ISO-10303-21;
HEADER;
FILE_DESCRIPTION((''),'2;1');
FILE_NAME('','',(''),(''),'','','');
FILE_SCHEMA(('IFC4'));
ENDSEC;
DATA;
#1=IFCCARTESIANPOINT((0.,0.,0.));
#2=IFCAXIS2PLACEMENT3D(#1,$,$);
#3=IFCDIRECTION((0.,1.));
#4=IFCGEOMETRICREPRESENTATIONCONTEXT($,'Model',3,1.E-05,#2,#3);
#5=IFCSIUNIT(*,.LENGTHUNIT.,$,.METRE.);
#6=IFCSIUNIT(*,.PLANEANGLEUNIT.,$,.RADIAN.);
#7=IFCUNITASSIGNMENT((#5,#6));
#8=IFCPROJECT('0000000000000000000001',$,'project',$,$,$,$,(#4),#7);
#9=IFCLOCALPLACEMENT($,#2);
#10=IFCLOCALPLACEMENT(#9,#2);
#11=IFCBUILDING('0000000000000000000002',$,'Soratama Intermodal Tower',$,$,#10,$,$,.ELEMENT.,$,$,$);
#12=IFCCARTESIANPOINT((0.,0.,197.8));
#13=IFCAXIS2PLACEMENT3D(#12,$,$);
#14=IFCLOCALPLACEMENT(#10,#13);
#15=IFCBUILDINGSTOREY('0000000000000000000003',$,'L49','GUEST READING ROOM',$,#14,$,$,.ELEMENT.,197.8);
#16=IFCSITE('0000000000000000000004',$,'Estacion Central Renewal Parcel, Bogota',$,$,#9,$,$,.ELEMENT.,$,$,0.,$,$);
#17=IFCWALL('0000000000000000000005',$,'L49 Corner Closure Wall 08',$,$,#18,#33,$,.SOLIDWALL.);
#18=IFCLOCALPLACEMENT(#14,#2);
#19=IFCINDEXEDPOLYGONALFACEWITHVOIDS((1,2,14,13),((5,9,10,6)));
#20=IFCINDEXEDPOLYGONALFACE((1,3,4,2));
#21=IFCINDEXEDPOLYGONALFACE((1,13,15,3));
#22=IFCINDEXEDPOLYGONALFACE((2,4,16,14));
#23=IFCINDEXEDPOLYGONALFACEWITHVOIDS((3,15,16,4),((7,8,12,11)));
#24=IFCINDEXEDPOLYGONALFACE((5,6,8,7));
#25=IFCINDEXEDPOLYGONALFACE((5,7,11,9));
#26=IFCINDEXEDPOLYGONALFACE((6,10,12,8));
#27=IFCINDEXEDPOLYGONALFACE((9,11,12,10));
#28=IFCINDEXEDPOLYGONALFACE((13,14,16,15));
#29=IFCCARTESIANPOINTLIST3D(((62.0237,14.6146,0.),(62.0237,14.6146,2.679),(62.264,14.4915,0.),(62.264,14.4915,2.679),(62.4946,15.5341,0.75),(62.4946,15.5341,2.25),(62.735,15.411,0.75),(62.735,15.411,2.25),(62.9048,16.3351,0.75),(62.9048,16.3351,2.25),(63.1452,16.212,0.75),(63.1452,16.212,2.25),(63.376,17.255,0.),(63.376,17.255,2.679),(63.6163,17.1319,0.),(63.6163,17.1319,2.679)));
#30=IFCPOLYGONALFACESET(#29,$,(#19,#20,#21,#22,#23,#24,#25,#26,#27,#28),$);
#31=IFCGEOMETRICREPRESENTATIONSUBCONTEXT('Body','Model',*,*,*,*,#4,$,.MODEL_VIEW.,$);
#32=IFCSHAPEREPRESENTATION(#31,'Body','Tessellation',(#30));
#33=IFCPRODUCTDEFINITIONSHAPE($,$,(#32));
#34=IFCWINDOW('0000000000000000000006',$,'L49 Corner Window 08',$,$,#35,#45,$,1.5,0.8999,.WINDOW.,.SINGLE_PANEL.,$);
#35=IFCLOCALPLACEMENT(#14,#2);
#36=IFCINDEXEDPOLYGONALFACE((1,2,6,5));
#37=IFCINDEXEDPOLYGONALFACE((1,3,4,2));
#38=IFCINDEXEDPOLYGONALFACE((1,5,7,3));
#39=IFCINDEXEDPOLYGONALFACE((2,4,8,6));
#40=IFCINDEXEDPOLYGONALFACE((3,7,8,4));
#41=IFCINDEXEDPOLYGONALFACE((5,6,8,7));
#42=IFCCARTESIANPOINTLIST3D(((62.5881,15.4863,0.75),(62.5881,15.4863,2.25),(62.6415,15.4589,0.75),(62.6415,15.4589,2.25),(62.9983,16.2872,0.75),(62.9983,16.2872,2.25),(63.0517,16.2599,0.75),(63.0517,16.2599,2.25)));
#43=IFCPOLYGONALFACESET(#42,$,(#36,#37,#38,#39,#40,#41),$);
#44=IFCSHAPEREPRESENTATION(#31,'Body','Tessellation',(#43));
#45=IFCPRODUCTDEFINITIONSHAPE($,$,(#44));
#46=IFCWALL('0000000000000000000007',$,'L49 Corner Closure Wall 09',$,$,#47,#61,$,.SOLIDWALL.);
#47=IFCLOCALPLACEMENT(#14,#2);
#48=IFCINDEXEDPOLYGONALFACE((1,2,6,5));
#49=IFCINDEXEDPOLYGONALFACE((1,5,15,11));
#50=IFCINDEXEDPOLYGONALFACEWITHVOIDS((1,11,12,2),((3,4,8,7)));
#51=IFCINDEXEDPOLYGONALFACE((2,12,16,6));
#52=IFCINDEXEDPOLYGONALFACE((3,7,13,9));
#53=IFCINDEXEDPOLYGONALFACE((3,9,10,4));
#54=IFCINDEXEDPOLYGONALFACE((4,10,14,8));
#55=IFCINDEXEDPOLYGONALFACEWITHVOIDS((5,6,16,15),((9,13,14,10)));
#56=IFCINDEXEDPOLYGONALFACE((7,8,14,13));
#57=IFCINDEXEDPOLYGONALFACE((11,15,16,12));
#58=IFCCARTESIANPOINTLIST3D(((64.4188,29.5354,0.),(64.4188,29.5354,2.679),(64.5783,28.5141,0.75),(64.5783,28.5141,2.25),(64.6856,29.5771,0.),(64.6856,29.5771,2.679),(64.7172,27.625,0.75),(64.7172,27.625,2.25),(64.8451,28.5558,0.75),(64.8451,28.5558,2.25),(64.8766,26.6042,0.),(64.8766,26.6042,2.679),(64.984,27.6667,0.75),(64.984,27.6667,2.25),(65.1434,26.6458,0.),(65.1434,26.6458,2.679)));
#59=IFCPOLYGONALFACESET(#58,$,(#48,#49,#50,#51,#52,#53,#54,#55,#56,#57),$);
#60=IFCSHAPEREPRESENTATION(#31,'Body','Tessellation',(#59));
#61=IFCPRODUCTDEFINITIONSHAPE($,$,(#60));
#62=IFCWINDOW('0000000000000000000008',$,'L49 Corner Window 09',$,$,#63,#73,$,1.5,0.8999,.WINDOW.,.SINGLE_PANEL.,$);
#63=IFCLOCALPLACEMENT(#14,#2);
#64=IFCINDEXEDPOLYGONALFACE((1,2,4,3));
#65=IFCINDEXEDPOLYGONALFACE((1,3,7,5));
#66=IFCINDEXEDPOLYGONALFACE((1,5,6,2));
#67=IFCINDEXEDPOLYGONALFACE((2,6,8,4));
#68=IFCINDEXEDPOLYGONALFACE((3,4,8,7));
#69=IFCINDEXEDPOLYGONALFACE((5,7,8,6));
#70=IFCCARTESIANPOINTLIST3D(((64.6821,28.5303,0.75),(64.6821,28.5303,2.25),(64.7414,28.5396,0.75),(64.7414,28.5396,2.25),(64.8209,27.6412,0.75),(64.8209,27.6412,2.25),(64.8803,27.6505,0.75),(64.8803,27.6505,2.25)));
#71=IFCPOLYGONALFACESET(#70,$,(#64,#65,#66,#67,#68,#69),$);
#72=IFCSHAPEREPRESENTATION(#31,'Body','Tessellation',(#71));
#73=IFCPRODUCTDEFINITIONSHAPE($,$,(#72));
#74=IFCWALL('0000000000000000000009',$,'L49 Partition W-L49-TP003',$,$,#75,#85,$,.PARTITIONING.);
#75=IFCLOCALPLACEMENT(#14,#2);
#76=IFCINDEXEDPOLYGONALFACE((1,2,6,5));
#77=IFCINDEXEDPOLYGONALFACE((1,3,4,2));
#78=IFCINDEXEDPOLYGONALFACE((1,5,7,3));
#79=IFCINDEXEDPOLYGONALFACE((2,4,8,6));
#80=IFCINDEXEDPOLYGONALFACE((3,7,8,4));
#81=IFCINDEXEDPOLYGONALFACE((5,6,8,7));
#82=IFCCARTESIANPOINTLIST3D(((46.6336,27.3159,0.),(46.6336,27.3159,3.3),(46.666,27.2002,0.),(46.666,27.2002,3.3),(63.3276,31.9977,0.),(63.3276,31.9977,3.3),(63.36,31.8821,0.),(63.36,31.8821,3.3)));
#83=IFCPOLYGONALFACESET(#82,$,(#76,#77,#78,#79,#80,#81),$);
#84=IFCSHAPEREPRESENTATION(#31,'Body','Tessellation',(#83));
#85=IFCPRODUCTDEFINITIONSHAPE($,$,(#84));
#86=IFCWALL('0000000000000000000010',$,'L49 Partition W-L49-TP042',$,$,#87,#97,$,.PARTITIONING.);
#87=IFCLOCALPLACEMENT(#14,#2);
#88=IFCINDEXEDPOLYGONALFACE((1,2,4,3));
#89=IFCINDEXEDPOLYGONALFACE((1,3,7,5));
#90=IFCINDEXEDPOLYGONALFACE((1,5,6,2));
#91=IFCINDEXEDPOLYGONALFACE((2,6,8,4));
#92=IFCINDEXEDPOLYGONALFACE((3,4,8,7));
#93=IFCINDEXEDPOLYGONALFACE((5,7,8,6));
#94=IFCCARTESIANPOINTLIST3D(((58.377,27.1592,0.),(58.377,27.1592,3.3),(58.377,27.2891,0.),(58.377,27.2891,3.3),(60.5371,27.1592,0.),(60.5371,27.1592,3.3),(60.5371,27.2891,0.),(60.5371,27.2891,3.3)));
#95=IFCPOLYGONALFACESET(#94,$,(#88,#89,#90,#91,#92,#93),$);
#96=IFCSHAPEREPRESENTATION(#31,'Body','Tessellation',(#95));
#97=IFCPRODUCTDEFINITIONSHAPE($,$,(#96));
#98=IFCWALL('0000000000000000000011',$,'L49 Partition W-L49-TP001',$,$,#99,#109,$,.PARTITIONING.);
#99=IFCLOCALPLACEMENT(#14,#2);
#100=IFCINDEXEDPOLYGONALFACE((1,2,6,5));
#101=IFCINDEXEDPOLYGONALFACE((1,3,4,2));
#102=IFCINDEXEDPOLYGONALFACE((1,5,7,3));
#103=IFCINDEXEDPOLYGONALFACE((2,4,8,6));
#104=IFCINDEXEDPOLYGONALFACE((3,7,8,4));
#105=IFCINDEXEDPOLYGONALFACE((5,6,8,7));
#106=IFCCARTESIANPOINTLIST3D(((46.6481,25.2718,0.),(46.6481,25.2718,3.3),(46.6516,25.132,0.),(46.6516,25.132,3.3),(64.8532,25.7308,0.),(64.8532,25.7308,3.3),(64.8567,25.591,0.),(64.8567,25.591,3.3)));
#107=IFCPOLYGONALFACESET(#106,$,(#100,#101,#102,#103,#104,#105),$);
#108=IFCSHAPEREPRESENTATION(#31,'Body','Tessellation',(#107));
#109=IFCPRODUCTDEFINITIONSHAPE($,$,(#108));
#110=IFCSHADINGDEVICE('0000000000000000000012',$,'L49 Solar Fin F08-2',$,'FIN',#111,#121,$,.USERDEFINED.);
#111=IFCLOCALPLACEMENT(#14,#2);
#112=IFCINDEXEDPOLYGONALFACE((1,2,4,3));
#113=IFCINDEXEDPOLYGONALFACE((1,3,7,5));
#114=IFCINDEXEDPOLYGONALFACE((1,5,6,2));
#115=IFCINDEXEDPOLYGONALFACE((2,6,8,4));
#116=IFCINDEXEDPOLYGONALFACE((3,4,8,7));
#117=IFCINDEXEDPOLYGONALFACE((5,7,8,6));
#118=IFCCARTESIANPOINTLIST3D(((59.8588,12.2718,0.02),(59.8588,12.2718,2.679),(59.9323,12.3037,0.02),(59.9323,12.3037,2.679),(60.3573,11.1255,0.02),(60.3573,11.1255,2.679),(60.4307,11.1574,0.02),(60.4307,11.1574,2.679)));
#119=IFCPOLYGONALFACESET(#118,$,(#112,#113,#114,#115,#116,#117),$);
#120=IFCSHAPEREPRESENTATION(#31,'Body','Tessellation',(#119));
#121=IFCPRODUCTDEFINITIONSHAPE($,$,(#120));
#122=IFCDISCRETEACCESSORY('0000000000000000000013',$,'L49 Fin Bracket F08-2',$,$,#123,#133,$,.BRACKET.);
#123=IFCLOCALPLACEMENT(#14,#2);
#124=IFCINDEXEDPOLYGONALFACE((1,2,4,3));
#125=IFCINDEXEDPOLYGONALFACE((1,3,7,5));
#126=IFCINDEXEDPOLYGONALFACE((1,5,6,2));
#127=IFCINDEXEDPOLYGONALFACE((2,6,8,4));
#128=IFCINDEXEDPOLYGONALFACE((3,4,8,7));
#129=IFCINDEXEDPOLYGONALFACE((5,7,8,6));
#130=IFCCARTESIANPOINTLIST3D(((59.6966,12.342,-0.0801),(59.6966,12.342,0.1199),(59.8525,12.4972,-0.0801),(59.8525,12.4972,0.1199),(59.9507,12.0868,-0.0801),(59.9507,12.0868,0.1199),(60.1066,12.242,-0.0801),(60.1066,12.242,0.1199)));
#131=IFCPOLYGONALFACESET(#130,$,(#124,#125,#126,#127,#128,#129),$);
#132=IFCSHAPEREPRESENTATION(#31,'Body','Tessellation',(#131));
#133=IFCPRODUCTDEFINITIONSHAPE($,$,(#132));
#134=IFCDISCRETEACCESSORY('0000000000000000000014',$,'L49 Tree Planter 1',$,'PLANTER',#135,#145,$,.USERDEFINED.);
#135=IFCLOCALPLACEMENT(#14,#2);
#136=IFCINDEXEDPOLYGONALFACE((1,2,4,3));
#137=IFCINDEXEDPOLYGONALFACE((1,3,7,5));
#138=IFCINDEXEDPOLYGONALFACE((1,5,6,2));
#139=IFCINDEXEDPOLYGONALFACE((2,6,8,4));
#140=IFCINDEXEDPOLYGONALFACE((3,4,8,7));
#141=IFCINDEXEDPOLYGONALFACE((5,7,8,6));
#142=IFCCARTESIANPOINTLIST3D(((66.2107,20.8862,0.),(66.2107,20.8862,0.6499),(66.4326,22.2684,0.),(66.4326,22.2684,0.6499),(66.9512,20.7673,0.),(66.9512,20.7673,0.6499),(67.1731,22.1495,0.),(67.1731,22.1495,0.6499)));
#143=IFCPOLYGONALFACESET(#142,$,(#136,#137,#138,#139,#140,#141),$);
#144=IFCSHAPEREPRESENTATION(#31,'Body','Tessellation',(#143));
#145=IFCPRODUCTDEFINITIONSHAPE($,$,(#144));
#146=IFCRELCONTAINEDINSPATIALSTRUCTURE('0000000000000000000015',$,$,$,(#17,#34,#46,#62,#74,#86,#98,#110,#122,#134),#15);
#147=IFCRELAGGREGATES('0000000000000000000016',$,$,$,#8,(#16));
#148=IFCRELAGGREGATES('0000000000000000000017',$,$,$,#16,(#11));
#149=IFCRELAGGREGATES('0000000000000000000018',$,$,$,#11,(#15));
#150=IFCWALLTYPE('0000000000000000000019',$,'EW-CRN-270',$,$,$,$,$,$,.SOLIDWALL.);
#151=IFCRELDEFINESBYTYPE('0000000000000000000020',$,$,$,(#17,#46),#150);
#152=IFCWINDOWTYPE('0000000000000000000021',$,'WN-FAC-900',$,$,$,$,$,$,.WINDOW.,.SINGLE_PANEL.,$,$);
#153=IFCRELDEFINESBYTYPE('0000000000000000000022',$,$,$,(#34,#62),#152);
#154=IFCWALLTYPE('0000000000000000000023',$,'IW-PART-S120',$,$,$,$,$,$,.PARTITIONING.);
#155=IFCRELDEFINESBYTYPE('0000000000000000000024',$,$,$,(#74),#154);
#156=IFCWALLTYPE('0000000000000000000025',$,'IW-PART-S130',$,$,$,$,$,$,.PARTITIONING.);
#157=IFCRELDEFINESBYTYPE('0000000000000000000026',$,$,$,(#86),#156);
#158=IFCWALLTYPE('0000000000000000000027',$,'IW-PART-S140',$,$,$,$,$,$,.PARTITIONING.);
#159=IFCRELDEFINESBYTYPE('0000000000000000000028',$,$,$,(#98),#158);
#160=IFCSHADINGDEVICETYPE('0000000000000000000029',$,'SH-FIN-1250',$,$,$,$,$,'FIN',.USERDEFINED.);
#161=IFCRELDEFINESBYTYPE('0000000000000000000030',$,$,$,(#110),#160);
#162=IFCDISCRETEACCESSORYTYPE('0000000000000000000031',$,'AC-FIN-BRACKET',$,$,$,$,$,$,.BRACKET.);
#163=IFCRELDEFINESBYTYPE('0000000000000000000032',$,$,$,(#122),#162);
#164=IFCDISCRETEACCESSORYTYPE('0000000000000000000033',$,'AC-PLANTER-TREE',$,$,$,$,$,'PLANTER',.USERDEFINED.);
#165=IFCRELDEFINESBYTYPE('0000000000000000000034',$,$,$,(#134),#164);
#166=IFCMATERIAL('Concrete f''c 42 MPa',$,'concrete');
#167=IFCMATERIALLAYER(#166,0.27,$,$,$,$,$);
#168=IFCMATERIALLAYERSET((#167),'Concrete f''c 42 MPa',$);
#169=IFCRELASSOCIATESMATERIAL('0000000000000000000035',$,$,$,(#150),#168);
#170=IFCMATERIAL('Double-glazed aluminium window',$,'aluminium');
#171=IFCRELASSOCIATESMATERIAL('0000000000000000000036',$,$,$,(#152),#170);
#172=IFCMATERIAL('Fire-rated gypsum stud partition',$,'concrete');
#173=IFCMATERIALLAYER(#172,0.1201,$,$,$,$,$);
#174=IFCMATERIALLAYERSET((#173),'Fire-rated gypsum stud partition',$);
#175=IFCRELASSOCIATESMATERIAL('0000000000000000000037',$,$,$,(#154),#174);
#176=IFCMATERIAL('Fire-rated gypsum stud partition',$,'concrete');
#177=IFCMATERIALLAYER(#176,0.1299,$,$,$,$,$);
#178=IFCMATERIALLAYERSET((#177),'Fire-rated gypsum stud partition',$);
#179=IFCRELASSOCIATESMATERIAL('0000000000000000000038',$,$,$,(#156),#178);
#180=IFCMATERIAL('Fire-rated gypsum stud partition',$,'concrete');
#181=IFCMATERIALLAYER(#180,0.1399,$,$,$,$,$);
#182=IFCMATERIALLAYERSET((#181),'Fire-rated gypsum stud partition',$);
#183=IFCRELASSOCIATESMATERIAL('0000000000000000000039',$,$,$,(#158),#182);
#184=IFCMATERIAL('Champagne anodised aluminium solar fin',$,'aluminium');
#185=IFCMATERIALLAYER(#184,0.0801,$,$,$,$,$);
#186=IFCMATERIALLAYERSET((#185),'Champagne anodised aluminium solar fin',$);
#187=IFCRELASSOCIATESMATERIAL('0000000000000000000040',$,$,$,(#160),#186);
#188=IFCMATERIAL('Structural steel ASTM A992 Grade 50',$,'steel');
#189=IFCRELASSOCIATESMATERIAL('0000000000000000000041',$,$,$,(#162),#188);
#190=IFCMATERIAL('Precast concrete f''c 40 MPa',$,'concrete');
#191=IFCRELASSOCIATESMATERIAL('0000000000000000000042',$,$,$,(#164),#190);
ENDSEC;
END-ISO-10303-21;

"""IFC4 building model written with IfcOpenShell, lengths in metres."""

from ifc_helpers import new_model, si_unit, direction, frame, frame_2d, origin, origin_2d, place, context, subcontext, project, spatial, rectangle, extrude, material, layer, layer_set, type_object, element, fill, save


model = new_model("IFC4")

# Units and contexts
model_context = context("Model", 3, precision=1e-05, world=origin(), true_north=direction((0.0, 1.0)))
body_context = subcontext(model_context, "Body", "Model", "MODEL_VIEW")
ifc_project = project(units=[si_unit("LENGTHUNIT", "METRE"), si_unit("PLANEANGLEUNIT", "RADIAN")], contexts=[model_context])

# Site, building, storey
site_placement = place(None, origin())
site = spatial("IfcSite", under=ifc_project, at=site_placement, Name="Estacion Central Renewal Parcel, Bogota", CompositionType="ELEMENT", RefElevation=0.0)
building_placement = place(site_placement, origin())
building = spatial("IfcBuilding", under=site, at=building_placement, Name="Soratama Intermodal Tower", CompositionType="ELEMENT")
storey_placement = place(building_placement, frame((0.0, 0.0, 197.8)))
storey = spatial("IfcBuildingStorey", under=building, at=storey_placement, Name="L49", Description="GUEST READING ROOM", CompositionType="ELEMENT", Elevation=197.8)

# Walls, openings, windows
ifc_material_1 = material(Name="Concrete f'c 42 MPa", Category="concrete")
ifc_layer_1 = layer(ifc_material_1, 0.27)
ifc_layer_set_1 = layer_set([ifc_layer_1], Name="Concrete f'c 42 MPa")
wall_type_1 = type_object("IfcWallType", Name="EW-CRN-270", PredefinedType="SOLIDWALL", material=ifc_layer_set_1)
wall_1_placement = place(storey_placement, frame((62.1438, 14.553, 0.0), z_axis=(0.0, 0.0, 1.0), x_axis=(0.45585, 0.890056, 0.0)))
wall_1 = element("IfcWall", 1, at=wall_1_placement, inside=storey, type_object=wall_type_1, Name="L49 Corner Closure Wall 08", PredefinedType="SOLIDWALL", context=body_context, shape_type="SweptSolid", body=[
    extrude(rectangle(XDim=2.9666, YDim=0.27, at=frame_2d((1.4834, 0.0))), origin(), (0.0, 0.0, 1.0), 2.679),
])
opening_1_placement = place(wall_1_placement, frame((1.0332, 0.0, 0.75)))
opening_1 = element("IfcOpeningElement", 2, at=opening_1_placement, cuts=wall_1, PredefinedType="OPENING", context=body_context, shape_type="SweptSolid", body=[
    extrude(rectangle(XDim=0.8999, YDim=1.5, at=frame_2d((0.45, 0.75))), frame((0.0, 0.145, 0.0), z_axis=(0.0, -1.0, 0.0), x_axis=(1.0, 0.0, 0.0)), (0.0, 0.0, 1.0), 0.29),
])
ifc_material_2 = material(Name="Double-glazed aluminium window", Category="aluminium")
window_type_1 = type_object("IfcWindowType", Name="WN-FAC-900", PartitioningType="SINGLE_PANEL", PredefinedType="WINDOW", material=ifc_material_2)
window_1_placement = place(opening_1_placement, origin())
window_1 = element("IfcWindow", 3, at=window_1_placement, inside=storey, type_object=window_type_1, Name="L49 Corner Window 08", OverallHeight=1.5, OverallWidth=0.8999, PartitioningType="SINGLE_PANEL", PredefinedType="WINDOW", context=body_context, shape_type="SweptSolid", body=[
    extrude(rectangle(XDim=0.8999, YDim=1.5, at=frame_2d((0.45, 0.75))), frame((0.0, 0.03, 0.0), z_axis=(0.0, -1.0, 0.0), x_axis=(1.0, 0.0, 0.0)), (0.0, 0.0, 1.0), 0.0601),
])
fill(opening_1, window_1)
wall_2_placement = place(storey_placement, frame((65.01, 26.625, 0.0), z_axis=(0.0, 0.0, 1.0), x_axis=(-0.154302, 0.988024, 0.0)))
wall_2 = element("IfcWall", 4, at=wall_2_placement, inside=storey, type_object=wall_type_1, Name="L49 Corner Closure Wall 09", PredefinedType="SOLIDWALL", context=body_context, shape_type="SweptSolid", body=[
    extrude(rectangle(XDim=2.9668, YDim=0.27, at=frame_2d((1.4834, 0.0))), origin(), (0.0, 0.0, 1.0), 2.679),
])
opening_2_placement = place(wall_2_placement, frame((1.0332, 0.0, 0.75)))
opening_2 = element("IfcOpeningElement", 5, at=opening_2_placement, cuts=wall_2, PredefinedType="OPENING", context=body_context, shape_type="SweptSolid", body=[
    extrude(rectangle(XDim=0.8999, YDim=1.5, at=frame_2d((0.45, 0.75))), frame((0.0, 0.145, 0.0), z_axis=(0.0, -1.0, 0.0), x_axis=(1.0, 0.0, 0.0)), (0.0, 0.0, 1.0), 0.29),
])
window_2_placement = place(opening_2_placement, origin())
window_2 = element("IfcWindow", 6, at=window_2_placement, inside=storey, type_object=window_type_1, Name="L49 Corner Window 09", OverallHeight=1.5, OverallWidth=0.8999, PartitioningType="SINGLE_PANEL", PredefinedType="WINDOW", context=body_context, shape_type="SweptSolid", body=[
    extrude(rectangle(XDim=0.8999, YDim=1.5, at=frame_2d((0.45, 0.75))), frame((0.0, 0.03, 0.0), z_axis=(0.0, -1.0, 0.0), x_axis=(1.0, 0.0, 0.0)), (0.0, 0.0, 1.0), 0.0601),
])
fill(opening_2, window_2)

# Walls
ifc_material_3 = material(Name="Fire-rated gypsum stud partition", Category="concrete")
ifc_layer_2 = layer(ifc_material_3, 0.1201)
ifc_layer_set_2 = layer_set([ifc_layer_2], Name="Fire-rated gypsum stud partition")
wall_type_2 = type_object("IfcWallType", Name="IW-PART-S120", PredefinedType="PARTITIONING", material=ifc_layer_set_2)
wall_3_placement = place(storey_placement, frame((46.6499, 27.2581, 0.0), z_axis=(0.0, 0.0, 1.0), x_axis=(0.962851, 0.270033, 0.0)))
element("IfcWall", 7, at=wall_3_placement, inside=storey, type_object=wall_type_2, Name="L49 Partition W-L49-TP003", PredefinedType="PARTITIONING", context=body_context, shape_type="SweptSolid", body=[
    extrude(rectangle(XDim=17.3381, YDim=0.1201, at=frame_2d((8.6689, 0.0))), origin(), (0.0, 0.0, 1.0), 3.3),
])
ifc_material_4 = material(Name="Fire-rated gypsum stud partition", Category="concrete")
ifc_layer_3 = layer(ifc_material_4, 0.1299)
ifc_layer_set_3 = layer_set([ifc_layer_3], Name="Fire-rated gypsum stud partition")
wall_type_3 = type_object("IfcWallType", Name="IW-PART-S130", PredefinedType="PARTITIONING", material=ifc_layer_set_3)
wall_4_placement = place(storey_placement, frame((58.377, 27.2241, 0.0), z_axis=(0.0, 0.0, 1.0), x_axis=(1.0, 0.0, 0.0)))
element("IfcWall", 8, at=wall_4_placement, inside=storey, type_object=wall_type_3, Name="L49 Partition W-L49-TP042", PredefinedType="PARTITIONING", context=body_context, shape_type="SweptSolid", body=[
    extrude(rectangle(XDim=2.1602, YDim=0.1299, at=frame_2d((1.0801, 0.0))), origin(), (0.0, 0.0, 1.0), 3.3),
])
ifc_material_5 = material(Name="Fire-rated gypsum stud partition", Category="concrete")
ifc_layer_4 = layer(ifc_material_5, 0.1399)
ifc_layer_set_4 = layer_set([ifc_layer_4], Name="Fire-rated gypsum stud partition")
wall_type_4 = type_object("IfcWallType", Name="IW-PART-S140", PredefinedType="PARTITIONING", material=ifc_layer_set_4)
wall_5_placement = place(storey_placement, frame((64.855, 25.6609, 0.0), z_axis=(0.0, 0.0, 1.0), x_axis=(-0.999682, -0.025204, 0.0)))
element("IfcWall", 9, at=wall_5_placement, inside=storey, type_object=wall_type_4, Name="L49 Partition W-L49-TP001", PredefinedType="PARTITIONING", context=body_context, shape_type="SweptSolid", body=[
    extrude(rectangle(XDim=18.2109, YDim=0.1399, at=frame_2d((9.1055, 0.0))), origin(), (0.0, 0.0, 1.0), 3.3),
])

# Shading device
ifc_material_6 = material(Name="Champagne anodised aluminium solar fin", Category="aluminium")
ifc_layer_5 = layer(ifc_material_6, 0.0801)
ifc_layer_set_5 = layer_set([ifc_layer_5], Name="Champagne anodised aluminium solar fin")
shading_device_type = type_object("IfcShadingDeviceType", Name="SH-FIN-1250", ElementType="FIN", PredefinedType="USERDEFINED", material=ifc_layer_set_5)
shading_device_placement = place(storey_placement, frame((60.1448, 11.7146, 0.02), z_axis=(0.0, 0.0, 1.0), x_axis=(0.398749, -0.91706, 0.0)))
element("IfcShadingDevice", 10, at=shading_device_placement, inside=storey, type_object=shading_device_type, Name="L49 Solar Fin F08-2", ObjectType="FIN", PredefinedType="USERDEFINED", context=body_context, shape_type="SweptSolid", body=[
    extrude(rectangle(XDim=1.25, YDim=0.0801, at=origin_2d()), origin(), (0.0, 0.0, 1.0), 2.6589),
])

# Discrete accessories
ifc_material_7 = material(Name="Structural steel ASTM A992 Grade 50", Category="steel")
discrete_accessory_type_1 = type_object("IfcDiscreteAccessoryType", Name="AC-FIN-BRACKET", PredefinedType="BRACKET", material=ifc_material_7)
discrete_accessory_1_placement = place(storey_placement, frame((59.9016, 12.292, -0.0801), z_axis=(0.0, 0.0, 1.0), x_axis=(0.705624, -0.708586, 0.0)))
element("IfcDiscreteAccessory", 11, at=discrete_accessory_1_placement, inside=storey, type_object=discrete_accessory_type_1, Name="L49 Fin Bracket F08-2", PredefinedType="BRACKET", context=body_context, shape_type="SweptSolid", body=[
    extrude(rectangle(XDim=0.3601, YDim=0.22, at=origin_2d()), origin(), (0.0, 0.0, 1.0), 0.2),
])
ifc_material_8 = material(Name="Precast concrete f'c 40 MPa", Category="concrete")
discrete_accessory_type_2 = type_object("IfcDiscreteAccessoryType", Name="AC-PLANTER-TREE", ElementType="PLANTER", PredefinedType="USERDEFINED", material=ifc_material_8)
discrete_accessory_2_placement = place(storey_placement, frame((66.6919, 21.5178, 0.0), z_axis=(0.0, 0.0, 1.0), x_axis=(0.987359, -0.158503, 0.0)))
element("IfcDiscreteAccessory", 12, at=discrete_accessory_2_placement, inside=storey, type_object=discrete_accessory_type_2, Name="L49 Tree Planter 1", ObjectType="PLANTER", PredefinedType="USERDEFINED", context=body_context, shape_type="SweptSolid", body=[
    extrude(rectangle(XDim=0.75, YDim=1.3999, at=origin_2d()), origin(), (0.0, 0.0, 1.0), 0.6499),
])

save(model, "model.ifc")
